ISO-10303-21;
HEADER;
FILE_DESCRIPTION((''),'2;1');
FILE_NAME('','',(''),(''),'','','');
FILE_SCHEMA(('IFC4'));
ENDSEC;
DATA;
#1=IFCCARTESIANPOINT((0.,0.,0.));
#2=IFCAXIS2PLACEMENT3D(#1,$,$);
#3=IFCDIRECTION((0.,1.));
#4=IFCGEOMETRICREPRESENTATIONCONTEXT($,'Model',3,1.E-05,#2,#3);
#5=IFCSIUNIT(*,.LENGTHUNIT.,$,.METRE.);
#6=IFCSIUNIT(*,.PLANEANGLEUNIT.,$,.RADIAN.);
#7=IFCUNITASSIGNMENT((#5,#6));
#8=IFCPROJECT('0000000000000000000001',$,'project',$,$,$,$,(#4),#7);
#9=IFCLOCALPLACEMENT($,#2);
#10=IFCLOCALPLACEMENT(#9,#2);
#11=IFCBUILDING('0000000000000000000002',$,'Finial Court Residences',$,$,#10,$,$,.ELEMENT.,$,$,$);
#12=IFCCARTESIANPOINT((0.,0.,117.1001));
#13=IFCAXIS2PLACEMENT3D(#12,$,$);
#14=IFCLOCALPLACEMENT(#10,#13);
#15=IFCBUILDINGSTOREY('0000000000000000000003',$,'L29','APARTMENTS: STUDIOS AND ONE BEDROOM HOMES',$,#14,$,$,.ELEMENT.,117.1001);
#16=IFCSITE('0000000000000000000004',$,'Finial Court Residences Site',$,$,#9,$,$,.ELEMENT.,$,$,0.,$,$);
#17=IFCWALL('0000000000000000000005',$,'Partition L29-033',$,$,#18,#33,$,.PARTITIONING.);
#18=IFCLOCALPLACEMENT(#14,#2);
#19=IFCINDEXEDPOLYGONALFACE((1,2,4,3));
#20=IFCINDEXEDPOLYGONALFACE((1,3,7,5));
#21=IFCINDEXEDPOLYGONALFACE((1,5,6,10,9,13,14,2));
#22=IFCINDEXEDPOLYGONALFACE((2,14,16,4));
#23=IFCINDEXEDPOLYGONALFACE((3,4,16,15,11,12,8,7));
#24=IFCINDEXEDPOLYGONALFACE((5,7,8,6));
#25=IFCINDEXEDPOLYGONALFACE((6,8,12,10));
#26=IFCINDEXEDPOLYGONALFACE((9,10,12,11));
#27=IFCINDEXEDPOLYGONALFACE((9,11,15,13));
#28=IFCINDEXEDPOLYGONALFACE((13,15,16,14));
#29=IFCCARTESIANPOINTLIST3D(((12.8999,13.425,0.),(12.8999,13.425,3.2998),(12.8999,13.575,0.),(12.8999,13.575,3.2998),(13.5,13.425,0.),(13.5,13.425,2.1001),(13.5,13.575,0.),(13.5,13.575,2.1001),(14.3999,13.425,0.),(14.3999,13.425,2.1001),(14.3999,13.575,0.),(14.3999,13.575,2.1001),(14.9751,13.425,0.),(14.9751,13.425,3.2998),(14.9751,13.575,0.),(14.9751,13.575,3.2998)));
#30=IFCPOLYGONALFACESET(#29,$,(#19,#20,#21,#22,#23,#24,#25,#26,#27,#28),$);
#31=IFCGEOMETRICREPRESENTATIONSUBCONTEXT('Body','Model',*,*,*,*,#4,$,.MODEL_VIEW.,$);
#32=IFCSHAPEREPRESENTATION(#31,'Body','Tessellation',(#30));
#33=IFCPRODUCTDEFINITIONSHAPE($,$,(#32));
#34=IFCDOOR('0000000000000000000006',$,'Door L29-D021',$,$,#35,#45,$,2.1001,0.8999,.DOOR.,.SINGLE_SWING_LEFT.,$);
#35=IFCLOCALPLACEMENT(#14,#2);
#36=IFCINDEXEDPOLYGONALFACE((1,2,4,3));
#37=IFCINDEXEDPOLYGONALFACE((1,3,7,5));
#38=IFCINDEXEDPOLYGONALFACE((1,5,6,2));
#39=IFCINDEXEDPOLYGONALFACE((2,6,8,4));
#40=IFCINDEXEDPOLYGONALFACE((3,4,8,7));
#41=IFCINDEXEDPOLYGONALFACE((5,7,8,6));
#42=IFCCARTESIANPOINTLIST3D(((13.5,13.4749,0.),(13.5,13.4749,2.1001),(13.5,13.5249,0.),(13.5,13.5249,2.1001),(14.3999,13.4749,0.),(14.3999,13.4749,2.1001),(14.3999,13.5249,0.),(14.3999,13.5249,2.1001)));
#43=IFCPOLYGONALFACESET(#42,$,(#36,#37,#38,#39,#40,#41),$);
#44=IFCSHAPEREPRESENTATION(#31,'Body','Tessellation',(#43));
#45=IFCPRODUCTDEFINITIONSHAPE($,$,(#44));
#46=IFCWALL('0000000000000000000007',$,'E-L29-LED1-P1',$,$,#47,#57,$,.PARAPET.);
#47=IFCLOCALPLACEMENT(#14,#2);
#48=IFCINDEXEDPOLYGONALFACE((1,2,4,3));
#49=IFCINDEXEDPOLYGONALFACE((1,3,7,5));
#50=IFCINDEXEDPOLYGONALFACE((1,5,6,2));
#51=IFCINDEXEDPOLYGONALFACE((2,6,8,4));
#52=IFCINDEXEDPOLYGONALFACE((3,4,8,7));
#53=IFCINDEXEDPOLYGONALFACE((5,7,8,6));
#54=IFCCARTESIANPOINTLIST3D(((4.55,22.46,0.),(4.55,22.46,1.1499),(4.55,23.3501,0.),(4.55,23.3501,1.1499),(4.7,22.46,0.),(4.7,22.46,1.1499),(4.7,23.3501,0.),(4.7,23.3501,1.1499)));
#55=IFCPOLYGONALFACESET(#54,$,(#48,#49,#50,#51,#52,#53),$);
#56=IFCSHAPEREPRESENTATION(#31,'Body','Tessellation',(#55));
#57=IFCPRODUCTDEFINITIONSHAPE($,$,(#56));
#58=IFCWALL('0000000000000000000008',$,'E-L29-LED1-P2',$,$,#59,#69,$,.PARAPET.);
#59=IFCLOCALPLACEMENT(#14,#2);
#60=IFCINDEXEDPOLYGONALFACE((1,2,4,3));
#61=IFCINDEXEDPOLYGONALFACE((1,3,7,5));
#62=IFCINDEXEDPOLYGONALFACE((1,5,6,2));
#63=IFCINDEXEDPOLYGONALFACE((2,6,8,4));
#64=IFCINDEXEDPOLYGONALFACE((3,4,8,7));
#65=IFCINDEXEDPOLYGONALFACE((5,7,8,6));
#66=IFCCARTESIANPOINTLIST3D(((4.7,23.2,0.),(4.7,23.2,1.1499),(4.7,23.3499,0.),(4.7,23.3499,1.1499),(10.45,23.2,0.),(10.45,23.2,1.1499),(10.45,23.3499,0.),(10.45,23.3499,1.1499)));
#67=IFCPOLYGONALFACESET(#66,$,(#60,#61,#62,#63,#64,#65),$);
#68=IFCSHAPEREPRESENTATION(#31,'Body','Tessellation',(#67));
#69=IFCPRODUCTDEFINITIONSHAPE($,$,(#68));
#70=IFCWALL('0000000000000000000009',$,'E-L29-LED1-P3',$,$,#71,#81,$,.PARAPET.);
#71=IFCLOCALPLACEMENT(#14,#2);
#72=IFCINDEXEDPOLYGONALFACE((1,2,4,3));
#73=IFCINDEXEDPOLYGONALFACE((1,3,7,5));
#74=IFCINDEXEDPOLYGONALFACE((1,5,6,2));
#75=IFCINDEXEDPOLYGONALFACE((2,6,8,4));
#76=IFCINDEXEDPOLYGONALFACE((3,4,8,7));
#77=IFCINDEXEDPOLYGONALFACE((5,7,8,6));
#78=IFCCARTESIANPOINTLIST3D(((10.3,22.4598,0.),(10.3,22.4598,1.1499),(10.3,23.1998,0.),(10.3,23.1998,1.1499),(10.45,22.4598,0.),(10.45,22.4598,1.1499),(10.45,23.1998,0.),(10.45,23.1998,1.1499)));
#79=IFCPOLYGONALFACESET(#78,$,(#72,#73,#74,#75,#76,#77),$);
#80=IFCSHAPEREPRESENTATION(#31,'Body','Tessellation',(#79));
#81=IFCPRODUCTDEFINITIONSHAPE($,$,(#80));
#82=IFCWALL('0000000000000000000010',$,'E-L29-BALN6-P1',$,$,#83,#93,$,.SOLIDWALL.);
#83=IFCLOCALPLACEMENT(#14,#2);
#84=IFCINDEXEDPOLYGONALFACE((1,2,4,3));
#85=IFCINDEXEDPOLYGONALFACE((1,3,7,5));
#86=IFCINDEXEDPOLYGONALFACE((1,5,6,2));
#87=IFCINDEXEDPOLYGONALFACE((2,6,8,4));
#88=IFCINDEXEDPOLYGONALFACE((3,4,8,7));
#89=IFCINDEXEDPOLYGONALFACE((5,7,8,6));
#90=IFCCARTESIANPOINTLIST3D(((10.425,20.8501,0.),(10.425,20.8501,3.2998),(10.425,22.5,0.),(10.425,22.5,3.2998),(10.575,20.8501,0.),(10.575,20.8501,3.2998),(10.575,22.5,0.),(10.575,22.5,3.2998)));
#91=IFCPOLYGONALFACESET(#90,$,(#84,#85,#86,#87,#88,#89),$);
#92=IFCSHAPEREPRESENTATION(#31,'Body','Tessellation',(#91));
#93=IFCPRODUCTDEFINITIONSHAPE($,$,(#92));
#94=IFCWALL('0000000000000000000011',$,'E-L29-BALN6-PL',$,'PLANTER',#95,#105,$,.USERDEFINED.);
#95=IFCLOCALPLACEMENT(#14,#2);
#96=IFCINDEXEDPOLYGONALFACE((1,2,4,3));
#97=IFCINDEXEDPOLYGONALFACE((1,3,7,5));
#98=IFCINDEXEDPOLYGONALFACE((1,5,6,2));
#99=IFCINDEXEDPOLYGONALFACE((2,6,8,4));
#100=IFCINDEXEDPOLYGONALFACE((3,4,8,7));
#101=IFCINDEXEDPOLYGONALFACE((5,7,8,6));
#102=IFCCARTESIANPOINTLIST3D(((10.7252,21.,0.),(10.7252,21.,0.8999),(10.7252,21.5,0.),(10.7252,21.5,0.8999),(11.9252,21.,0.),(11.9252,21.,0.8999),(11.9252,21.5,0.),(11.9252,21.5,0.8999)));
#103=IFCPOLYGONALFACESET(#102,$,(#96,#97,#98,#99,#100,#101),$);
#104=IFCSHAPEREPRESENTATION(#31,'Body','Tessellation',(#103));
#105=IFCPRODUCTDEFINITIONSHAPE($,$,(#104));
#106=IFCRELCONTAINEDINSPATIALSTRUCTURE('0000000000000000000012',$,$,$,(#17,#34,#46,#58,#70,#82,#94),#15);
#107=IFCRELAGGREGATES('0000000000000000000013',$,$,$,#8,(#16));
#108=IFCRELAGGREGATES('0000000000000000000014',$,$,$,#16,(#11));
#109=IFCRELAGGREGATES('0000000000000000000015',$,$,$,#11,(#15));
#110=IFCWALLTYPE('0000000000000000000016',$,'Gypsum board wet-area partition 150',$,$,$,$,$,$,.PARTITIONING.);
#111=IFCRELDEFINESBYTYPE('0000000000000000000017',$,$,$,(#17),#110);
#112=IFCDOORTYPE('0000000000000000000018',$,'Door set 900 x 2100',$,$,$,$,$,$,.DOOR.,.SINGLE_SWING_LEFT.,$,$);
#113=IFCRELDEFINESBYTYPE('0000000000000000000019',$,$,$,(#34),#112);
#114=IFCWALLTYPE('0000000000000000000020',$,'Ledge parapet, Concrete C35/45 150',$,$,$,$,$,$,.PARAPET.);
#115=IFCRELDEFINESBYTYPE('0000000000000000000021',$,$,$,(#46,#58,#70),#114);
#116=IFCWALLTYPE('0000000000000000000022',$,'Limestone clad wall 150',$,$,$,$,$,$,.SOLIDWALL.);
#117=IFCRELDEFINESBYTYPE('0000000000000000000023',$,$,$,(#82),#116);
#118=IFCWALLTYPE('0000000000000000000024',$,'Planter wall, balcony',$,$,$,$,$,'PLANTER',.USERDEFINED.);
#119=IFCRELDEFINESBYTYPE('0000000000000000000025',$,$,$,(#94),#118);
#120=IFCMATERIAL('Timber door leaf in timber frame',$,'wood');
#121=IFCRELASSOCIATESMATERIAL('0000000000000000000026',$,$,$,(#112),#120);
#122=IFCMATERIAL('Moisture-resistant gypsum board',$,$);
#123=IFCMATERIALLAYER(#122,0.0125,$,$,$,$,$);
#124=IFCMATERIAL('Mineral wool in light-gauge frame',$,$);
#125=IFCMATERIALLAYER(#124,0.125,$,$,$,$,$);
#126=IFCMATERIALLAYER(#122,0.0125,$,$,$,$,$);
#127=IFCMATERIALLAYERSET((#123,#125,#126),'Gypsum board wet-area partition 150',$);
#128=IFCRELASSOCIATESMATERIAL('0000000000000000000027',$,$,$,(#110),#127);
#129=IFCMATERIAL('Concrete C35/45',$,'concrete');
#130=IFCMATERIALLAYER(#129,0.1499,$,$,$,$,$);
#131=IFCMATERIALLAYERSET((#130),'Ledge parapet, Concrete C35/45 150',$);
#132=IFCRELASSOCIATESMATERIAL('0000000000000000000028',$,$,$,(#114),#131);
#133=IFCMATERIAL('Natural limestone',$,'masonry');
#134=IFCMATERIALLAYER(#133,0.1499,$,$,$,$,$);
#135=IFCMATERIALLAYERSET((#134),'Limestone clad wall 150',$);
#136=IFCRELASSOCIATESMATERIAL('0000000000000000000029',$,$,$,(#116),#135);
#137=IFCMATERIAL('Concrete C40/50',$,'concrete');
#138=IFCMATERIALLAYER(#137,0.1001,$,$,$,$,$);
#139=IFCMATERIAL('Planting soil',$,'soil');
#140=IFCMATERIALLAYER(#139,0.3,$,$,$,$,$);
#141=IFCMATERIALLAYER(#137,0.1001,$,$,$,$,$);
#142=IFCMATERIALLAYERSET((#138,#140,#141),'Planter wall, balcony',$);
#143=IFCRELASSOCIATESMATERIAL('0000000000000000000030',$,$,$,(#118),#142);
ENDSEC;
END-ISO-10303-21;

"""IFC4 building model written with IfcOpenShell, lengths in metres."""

from ifc_helpers import new_model, si_unit, direction, frame, frame_2d, origin, place, context, subcontext, project, spatial, rectangle, extrude, material, layer, layer_set, type_object, element, fill, save


model = new_model("IFC4")

# Units and contexts
model_context = context("Model", 3, precision=1e-05, world=origin(), true_north=direction((0.0, 1.0)))
body_context = subcontext(model_context, "Body", "Model", "MODEL_VIEW")
ifc_project = project(units=[si_unit("LENGTHUNIT", "METRE"), si_unit("PLANEANGLEUNIT", "RADIAN")], contexts=[model_context])

# Site, building, storey
site_placement = place(None, origin())
site = spatial("IfcSite", under=ifc_project, at=site_placement, Name="Finial Court Residences Site", CompositionType="ELEMENT", RefElevation=0.0)
building_placement = place(site_placement, origin())
building = spatial("IfcBuilding", under=site, at=building_placement, Name="Finial Court Residences", CompositionType="ELEMENT")
storey_placement = place(building_placement, frame((0.0, 0.0, 117.1001)))
storey = spatial("IfcBuildingStorey", under=building, at=storey_placement, Name="L29", Description="APARTMENTS: STUDIOS AND ONE BEDROOM HOMES", CompositionType="ELEMENT", Elevation=117.1001)

# Wall, opening, door
ifc_material_1 = material(Name="Mineral wool in light-gauge frame")
ifc_material_2 = material(Name="Timber door leaf in timber frame", Category="wood")
door_type_1 = type_object("IfcDoorType", Name="Door set 900 x 2100", OperationType="SINGLE_SWING_LEFT", PredefinedType="DOOR", material=ifc_material_2)
ifc_material_3 = material(Name="Moisture-resistant gypsum board")
ifc_layer_1 = layer(ifc_material_3, 0.0125)
ifc_layer_2 = layer(ifc_material_1, 0.125)
ifc_layer_3 = layer(ifc_material_3, 0.0125)
ifc_layer_set_1 = layer_set([ifc_layer_1, ifc_layer_2, ifc_layer_3], Name="Gypsum board wet-area partition 150")
wall_type_1 = type_object("IfcWallType", Name="Gypsum board wet-area partition 150", PredefinedType="PARTITIONING", material=ifc_layer_set_1)
wall_1_placement = place(storey_placement, frame((12.8999, 13.5, 0.0), z_axis=(0.0, 0.0, 1.0), x_axis=(1.0, 0.0, 0.0)))
wall_1 = element("IfcWall", 1, at=wall_1_placement, inside=storey, type_object=wall_type_1, Name="Partition L29-033", PredefinedType="PARTITIONING", context=body_context, shape_type="SweptSolid", body=[
    extrude(rectangle(XDim=2.0752, YDim=0.1499, at=frame_2d((1.0376, 0.0))), origin(), (0.0, 0.0, 1.0), 3.2998),
])
opening_1_placement = place(wall_1_placement, frame((0.6001, 0.0, 0.0)))
opening_1 = element("IfcOpeningElement", 2, at=opening_1_placement, cuts=wall_1, PredefinedType="OPENING", context=body_context, shape_type="SweptSolid", body=[
    extrude(rectangle(XDim=0.8999, YDim=2.1001, at=frame_2d((0.45, 1.05))), frame((0.0, 0.085, 0.0), z_axis=(0.0, -1.0, 0.0), x_axis=(1.0, 0.0, 0.0)), (0.0, 0.0, 1.0), 0.1699),
])
door_1_placement = place(opening_1_placement, origin())
door_1 = element("IfcDoor", 3, at=door_1_placement, inside=storey, type_object=door_type_1, Name="Door L29-D021", OperationType="SINGLE_SWING_LEFT", OverallHeight=2.1001, OverallWidth=0.8999, PredefinedType="DOOR", context=body_context, shape_type="SweptSolid", body=[
    extrude(rectangle(XDim=0.8999, YDim=2.1001, at=frame_2d((0.45, 1.05))), frame((0.0, 0.0249, 0.0), z_axis=(0.0, -1.0, 0.0), x_axis=(1.0, 0.0, 0.0)), (0.0, 0.0, 1.0), 0.05),
])
fill(opening_1, door_1)

# Walls
ifc_material_4 = material(Name="Concrete C35/45", Category="concrete")
ifc_layer_4 = layer(ifc_material_4, 0.1499)
ifc_layer_set_2 = layer_set([ifc_layer_4], Name="Ledge parapet, Concrete C35/45 150")
wall_type_2 = type_object("IfcWallType", Name="Ledge parapet, Concrete C35/45 150", PredefinedType="PARAPET", material=ifc_layer_set_2)
wall_2_placement = place(storey_placement, frame((4.625, 22.46, 0.0), z_axis=(0.0, 0.0, 1.0), x_axis=(0.0, 1.0, 0.0)))
element("IfcWall", 4, at=wall_2_placement, inside=storey, type_object=wall_type_2, Name="E-L29-LED1-P1", PredefinedType="PARAPET", context=body_context, shape_type="SweptSolid", body=[
    extrude(rectangle(XDim=0.8901, YDim=0.1499, at=frame_2d((0.4451, 0.0))), origin(), (0.0, 0.0, 1.0), 1.1499),
])
wall_3_placement = place(storey_placement, frame((4.7, 23.2749, 0.0), z_axis=(0.0, 0.0, 1.0), x_axis=(1.0, 0.0, 0.0)))
element("IfcWall", 5, at=wall_3_placement, inside=storey, type_object=wall_type_2, Name="E-L29-LED1-P2", PredefinedType="PARAPET", context=body_context, shape_type="SweptSolid", body=[
    extrude(rectangle(XDim=5.75, YDim=0.1499, at=frame_2d((2.875, 0.0))), origin(), (0.0, 0.0, 1.0), 1.1499),
])
wall_4_placement = place(storey_placement, frame((10.375, 23.2, 0.0), z_axis=(0.0, 0.0, 1.0), x_axis=(0.0, -1.0, 0.0)))
element("IfcWall", 6, at=wall_4_placement, inside=storey, type_object=wall_type_2, Name="E-L29-LED1-P3", PredefinedType="PARAPET", context=body_context, shape_type="SweptSolid", body=[
    extrude(rectangle(XDim=0.74, YDim=0.1499, at=frame_2d((0.3701, 0.0))), origin(), (0.0, 0.0, 1.0), 1.1499),
])
ifc_material_5 = material(Name="Natural limestone", Category="masonry")
ifc_layer_5 = layer(ifc_material_5, 0.1499)
ifc_layer_set_3 = layer_set([ifc_layer_5], Name="Limestone clad wall 150")
wall_type_3 = type_object("IfcWallType", Name="Limestone clad wall 150", PredefinedType="SOLIDWALL", material=ifc_layer_set_3)
wall_5_placement = place(storey_placement, frame((10.5, 20.8501, 0.0), z_axis=(0.0, 0.0, 1.0), x_axis=(0.0, 1.0, 0.0)))
element("IfcWall", 7, at=wall_5_placement, inside=storey, type_object=wall_type_3, Name="E-L29-BALN6-P1", PredefinedType="SOLIDWALL", context=body_context, shape_type="SweptSolid", body=[
    extrude(rectangle(XDim=1.6499, YDim=0.1499, at=frame_2d((0.825, 0.0))), origin(), (0.0, 0.0, 1.0), 3.2998),
])

# Wall
ifc_material_6 = material(Name="Concrete C40/50", Category="concrete")
ifc_layer_6 = layer(ifc_material_6, 0.1001)
ifc_material_7 = material(Name="Planting soil", Category="soil")
ifc_layer_7 = layer(ifc_material_7, 0.3)
ifc_layer_8 = layer(ifc_material_6, 0.1001)
ifc_layer_set_4 = layer_set([ifc_layer_6, ifc_layer_7, ifc_layer_8], Name="Planter wall, balcony")
wall_type_4 = type_object("IfcWallType", Name="Planter wall, balcony", ElementType="PLANTER", PredefinedType="USERDEFINED", material=ifc_layer_set_4)
wall_6_placement = place(storey_placement, frame((10.7251, 21.25, 0.0), z_axis=(0.0, 0.0, 1.0), x_axis=(1.0, 0.0, 0.0)))
element("IfcWall", 8, at=wall_6_placement, inside=storey, type_object=wall_type_4, Name="E-L29-BALN6-PL", ObjectType="PLANTER", PredefinedType="USERDEFINED", context=body_context, shape_type="SweptSolid", body=[
    extrude(rectangle(XDim=1.2, YDim=0.5, at=frame_2d((0.6001, 0.0))), origin(), (0.0, 0.0, 1.0), 0.8999),
])

save(model, "model.ifc")
